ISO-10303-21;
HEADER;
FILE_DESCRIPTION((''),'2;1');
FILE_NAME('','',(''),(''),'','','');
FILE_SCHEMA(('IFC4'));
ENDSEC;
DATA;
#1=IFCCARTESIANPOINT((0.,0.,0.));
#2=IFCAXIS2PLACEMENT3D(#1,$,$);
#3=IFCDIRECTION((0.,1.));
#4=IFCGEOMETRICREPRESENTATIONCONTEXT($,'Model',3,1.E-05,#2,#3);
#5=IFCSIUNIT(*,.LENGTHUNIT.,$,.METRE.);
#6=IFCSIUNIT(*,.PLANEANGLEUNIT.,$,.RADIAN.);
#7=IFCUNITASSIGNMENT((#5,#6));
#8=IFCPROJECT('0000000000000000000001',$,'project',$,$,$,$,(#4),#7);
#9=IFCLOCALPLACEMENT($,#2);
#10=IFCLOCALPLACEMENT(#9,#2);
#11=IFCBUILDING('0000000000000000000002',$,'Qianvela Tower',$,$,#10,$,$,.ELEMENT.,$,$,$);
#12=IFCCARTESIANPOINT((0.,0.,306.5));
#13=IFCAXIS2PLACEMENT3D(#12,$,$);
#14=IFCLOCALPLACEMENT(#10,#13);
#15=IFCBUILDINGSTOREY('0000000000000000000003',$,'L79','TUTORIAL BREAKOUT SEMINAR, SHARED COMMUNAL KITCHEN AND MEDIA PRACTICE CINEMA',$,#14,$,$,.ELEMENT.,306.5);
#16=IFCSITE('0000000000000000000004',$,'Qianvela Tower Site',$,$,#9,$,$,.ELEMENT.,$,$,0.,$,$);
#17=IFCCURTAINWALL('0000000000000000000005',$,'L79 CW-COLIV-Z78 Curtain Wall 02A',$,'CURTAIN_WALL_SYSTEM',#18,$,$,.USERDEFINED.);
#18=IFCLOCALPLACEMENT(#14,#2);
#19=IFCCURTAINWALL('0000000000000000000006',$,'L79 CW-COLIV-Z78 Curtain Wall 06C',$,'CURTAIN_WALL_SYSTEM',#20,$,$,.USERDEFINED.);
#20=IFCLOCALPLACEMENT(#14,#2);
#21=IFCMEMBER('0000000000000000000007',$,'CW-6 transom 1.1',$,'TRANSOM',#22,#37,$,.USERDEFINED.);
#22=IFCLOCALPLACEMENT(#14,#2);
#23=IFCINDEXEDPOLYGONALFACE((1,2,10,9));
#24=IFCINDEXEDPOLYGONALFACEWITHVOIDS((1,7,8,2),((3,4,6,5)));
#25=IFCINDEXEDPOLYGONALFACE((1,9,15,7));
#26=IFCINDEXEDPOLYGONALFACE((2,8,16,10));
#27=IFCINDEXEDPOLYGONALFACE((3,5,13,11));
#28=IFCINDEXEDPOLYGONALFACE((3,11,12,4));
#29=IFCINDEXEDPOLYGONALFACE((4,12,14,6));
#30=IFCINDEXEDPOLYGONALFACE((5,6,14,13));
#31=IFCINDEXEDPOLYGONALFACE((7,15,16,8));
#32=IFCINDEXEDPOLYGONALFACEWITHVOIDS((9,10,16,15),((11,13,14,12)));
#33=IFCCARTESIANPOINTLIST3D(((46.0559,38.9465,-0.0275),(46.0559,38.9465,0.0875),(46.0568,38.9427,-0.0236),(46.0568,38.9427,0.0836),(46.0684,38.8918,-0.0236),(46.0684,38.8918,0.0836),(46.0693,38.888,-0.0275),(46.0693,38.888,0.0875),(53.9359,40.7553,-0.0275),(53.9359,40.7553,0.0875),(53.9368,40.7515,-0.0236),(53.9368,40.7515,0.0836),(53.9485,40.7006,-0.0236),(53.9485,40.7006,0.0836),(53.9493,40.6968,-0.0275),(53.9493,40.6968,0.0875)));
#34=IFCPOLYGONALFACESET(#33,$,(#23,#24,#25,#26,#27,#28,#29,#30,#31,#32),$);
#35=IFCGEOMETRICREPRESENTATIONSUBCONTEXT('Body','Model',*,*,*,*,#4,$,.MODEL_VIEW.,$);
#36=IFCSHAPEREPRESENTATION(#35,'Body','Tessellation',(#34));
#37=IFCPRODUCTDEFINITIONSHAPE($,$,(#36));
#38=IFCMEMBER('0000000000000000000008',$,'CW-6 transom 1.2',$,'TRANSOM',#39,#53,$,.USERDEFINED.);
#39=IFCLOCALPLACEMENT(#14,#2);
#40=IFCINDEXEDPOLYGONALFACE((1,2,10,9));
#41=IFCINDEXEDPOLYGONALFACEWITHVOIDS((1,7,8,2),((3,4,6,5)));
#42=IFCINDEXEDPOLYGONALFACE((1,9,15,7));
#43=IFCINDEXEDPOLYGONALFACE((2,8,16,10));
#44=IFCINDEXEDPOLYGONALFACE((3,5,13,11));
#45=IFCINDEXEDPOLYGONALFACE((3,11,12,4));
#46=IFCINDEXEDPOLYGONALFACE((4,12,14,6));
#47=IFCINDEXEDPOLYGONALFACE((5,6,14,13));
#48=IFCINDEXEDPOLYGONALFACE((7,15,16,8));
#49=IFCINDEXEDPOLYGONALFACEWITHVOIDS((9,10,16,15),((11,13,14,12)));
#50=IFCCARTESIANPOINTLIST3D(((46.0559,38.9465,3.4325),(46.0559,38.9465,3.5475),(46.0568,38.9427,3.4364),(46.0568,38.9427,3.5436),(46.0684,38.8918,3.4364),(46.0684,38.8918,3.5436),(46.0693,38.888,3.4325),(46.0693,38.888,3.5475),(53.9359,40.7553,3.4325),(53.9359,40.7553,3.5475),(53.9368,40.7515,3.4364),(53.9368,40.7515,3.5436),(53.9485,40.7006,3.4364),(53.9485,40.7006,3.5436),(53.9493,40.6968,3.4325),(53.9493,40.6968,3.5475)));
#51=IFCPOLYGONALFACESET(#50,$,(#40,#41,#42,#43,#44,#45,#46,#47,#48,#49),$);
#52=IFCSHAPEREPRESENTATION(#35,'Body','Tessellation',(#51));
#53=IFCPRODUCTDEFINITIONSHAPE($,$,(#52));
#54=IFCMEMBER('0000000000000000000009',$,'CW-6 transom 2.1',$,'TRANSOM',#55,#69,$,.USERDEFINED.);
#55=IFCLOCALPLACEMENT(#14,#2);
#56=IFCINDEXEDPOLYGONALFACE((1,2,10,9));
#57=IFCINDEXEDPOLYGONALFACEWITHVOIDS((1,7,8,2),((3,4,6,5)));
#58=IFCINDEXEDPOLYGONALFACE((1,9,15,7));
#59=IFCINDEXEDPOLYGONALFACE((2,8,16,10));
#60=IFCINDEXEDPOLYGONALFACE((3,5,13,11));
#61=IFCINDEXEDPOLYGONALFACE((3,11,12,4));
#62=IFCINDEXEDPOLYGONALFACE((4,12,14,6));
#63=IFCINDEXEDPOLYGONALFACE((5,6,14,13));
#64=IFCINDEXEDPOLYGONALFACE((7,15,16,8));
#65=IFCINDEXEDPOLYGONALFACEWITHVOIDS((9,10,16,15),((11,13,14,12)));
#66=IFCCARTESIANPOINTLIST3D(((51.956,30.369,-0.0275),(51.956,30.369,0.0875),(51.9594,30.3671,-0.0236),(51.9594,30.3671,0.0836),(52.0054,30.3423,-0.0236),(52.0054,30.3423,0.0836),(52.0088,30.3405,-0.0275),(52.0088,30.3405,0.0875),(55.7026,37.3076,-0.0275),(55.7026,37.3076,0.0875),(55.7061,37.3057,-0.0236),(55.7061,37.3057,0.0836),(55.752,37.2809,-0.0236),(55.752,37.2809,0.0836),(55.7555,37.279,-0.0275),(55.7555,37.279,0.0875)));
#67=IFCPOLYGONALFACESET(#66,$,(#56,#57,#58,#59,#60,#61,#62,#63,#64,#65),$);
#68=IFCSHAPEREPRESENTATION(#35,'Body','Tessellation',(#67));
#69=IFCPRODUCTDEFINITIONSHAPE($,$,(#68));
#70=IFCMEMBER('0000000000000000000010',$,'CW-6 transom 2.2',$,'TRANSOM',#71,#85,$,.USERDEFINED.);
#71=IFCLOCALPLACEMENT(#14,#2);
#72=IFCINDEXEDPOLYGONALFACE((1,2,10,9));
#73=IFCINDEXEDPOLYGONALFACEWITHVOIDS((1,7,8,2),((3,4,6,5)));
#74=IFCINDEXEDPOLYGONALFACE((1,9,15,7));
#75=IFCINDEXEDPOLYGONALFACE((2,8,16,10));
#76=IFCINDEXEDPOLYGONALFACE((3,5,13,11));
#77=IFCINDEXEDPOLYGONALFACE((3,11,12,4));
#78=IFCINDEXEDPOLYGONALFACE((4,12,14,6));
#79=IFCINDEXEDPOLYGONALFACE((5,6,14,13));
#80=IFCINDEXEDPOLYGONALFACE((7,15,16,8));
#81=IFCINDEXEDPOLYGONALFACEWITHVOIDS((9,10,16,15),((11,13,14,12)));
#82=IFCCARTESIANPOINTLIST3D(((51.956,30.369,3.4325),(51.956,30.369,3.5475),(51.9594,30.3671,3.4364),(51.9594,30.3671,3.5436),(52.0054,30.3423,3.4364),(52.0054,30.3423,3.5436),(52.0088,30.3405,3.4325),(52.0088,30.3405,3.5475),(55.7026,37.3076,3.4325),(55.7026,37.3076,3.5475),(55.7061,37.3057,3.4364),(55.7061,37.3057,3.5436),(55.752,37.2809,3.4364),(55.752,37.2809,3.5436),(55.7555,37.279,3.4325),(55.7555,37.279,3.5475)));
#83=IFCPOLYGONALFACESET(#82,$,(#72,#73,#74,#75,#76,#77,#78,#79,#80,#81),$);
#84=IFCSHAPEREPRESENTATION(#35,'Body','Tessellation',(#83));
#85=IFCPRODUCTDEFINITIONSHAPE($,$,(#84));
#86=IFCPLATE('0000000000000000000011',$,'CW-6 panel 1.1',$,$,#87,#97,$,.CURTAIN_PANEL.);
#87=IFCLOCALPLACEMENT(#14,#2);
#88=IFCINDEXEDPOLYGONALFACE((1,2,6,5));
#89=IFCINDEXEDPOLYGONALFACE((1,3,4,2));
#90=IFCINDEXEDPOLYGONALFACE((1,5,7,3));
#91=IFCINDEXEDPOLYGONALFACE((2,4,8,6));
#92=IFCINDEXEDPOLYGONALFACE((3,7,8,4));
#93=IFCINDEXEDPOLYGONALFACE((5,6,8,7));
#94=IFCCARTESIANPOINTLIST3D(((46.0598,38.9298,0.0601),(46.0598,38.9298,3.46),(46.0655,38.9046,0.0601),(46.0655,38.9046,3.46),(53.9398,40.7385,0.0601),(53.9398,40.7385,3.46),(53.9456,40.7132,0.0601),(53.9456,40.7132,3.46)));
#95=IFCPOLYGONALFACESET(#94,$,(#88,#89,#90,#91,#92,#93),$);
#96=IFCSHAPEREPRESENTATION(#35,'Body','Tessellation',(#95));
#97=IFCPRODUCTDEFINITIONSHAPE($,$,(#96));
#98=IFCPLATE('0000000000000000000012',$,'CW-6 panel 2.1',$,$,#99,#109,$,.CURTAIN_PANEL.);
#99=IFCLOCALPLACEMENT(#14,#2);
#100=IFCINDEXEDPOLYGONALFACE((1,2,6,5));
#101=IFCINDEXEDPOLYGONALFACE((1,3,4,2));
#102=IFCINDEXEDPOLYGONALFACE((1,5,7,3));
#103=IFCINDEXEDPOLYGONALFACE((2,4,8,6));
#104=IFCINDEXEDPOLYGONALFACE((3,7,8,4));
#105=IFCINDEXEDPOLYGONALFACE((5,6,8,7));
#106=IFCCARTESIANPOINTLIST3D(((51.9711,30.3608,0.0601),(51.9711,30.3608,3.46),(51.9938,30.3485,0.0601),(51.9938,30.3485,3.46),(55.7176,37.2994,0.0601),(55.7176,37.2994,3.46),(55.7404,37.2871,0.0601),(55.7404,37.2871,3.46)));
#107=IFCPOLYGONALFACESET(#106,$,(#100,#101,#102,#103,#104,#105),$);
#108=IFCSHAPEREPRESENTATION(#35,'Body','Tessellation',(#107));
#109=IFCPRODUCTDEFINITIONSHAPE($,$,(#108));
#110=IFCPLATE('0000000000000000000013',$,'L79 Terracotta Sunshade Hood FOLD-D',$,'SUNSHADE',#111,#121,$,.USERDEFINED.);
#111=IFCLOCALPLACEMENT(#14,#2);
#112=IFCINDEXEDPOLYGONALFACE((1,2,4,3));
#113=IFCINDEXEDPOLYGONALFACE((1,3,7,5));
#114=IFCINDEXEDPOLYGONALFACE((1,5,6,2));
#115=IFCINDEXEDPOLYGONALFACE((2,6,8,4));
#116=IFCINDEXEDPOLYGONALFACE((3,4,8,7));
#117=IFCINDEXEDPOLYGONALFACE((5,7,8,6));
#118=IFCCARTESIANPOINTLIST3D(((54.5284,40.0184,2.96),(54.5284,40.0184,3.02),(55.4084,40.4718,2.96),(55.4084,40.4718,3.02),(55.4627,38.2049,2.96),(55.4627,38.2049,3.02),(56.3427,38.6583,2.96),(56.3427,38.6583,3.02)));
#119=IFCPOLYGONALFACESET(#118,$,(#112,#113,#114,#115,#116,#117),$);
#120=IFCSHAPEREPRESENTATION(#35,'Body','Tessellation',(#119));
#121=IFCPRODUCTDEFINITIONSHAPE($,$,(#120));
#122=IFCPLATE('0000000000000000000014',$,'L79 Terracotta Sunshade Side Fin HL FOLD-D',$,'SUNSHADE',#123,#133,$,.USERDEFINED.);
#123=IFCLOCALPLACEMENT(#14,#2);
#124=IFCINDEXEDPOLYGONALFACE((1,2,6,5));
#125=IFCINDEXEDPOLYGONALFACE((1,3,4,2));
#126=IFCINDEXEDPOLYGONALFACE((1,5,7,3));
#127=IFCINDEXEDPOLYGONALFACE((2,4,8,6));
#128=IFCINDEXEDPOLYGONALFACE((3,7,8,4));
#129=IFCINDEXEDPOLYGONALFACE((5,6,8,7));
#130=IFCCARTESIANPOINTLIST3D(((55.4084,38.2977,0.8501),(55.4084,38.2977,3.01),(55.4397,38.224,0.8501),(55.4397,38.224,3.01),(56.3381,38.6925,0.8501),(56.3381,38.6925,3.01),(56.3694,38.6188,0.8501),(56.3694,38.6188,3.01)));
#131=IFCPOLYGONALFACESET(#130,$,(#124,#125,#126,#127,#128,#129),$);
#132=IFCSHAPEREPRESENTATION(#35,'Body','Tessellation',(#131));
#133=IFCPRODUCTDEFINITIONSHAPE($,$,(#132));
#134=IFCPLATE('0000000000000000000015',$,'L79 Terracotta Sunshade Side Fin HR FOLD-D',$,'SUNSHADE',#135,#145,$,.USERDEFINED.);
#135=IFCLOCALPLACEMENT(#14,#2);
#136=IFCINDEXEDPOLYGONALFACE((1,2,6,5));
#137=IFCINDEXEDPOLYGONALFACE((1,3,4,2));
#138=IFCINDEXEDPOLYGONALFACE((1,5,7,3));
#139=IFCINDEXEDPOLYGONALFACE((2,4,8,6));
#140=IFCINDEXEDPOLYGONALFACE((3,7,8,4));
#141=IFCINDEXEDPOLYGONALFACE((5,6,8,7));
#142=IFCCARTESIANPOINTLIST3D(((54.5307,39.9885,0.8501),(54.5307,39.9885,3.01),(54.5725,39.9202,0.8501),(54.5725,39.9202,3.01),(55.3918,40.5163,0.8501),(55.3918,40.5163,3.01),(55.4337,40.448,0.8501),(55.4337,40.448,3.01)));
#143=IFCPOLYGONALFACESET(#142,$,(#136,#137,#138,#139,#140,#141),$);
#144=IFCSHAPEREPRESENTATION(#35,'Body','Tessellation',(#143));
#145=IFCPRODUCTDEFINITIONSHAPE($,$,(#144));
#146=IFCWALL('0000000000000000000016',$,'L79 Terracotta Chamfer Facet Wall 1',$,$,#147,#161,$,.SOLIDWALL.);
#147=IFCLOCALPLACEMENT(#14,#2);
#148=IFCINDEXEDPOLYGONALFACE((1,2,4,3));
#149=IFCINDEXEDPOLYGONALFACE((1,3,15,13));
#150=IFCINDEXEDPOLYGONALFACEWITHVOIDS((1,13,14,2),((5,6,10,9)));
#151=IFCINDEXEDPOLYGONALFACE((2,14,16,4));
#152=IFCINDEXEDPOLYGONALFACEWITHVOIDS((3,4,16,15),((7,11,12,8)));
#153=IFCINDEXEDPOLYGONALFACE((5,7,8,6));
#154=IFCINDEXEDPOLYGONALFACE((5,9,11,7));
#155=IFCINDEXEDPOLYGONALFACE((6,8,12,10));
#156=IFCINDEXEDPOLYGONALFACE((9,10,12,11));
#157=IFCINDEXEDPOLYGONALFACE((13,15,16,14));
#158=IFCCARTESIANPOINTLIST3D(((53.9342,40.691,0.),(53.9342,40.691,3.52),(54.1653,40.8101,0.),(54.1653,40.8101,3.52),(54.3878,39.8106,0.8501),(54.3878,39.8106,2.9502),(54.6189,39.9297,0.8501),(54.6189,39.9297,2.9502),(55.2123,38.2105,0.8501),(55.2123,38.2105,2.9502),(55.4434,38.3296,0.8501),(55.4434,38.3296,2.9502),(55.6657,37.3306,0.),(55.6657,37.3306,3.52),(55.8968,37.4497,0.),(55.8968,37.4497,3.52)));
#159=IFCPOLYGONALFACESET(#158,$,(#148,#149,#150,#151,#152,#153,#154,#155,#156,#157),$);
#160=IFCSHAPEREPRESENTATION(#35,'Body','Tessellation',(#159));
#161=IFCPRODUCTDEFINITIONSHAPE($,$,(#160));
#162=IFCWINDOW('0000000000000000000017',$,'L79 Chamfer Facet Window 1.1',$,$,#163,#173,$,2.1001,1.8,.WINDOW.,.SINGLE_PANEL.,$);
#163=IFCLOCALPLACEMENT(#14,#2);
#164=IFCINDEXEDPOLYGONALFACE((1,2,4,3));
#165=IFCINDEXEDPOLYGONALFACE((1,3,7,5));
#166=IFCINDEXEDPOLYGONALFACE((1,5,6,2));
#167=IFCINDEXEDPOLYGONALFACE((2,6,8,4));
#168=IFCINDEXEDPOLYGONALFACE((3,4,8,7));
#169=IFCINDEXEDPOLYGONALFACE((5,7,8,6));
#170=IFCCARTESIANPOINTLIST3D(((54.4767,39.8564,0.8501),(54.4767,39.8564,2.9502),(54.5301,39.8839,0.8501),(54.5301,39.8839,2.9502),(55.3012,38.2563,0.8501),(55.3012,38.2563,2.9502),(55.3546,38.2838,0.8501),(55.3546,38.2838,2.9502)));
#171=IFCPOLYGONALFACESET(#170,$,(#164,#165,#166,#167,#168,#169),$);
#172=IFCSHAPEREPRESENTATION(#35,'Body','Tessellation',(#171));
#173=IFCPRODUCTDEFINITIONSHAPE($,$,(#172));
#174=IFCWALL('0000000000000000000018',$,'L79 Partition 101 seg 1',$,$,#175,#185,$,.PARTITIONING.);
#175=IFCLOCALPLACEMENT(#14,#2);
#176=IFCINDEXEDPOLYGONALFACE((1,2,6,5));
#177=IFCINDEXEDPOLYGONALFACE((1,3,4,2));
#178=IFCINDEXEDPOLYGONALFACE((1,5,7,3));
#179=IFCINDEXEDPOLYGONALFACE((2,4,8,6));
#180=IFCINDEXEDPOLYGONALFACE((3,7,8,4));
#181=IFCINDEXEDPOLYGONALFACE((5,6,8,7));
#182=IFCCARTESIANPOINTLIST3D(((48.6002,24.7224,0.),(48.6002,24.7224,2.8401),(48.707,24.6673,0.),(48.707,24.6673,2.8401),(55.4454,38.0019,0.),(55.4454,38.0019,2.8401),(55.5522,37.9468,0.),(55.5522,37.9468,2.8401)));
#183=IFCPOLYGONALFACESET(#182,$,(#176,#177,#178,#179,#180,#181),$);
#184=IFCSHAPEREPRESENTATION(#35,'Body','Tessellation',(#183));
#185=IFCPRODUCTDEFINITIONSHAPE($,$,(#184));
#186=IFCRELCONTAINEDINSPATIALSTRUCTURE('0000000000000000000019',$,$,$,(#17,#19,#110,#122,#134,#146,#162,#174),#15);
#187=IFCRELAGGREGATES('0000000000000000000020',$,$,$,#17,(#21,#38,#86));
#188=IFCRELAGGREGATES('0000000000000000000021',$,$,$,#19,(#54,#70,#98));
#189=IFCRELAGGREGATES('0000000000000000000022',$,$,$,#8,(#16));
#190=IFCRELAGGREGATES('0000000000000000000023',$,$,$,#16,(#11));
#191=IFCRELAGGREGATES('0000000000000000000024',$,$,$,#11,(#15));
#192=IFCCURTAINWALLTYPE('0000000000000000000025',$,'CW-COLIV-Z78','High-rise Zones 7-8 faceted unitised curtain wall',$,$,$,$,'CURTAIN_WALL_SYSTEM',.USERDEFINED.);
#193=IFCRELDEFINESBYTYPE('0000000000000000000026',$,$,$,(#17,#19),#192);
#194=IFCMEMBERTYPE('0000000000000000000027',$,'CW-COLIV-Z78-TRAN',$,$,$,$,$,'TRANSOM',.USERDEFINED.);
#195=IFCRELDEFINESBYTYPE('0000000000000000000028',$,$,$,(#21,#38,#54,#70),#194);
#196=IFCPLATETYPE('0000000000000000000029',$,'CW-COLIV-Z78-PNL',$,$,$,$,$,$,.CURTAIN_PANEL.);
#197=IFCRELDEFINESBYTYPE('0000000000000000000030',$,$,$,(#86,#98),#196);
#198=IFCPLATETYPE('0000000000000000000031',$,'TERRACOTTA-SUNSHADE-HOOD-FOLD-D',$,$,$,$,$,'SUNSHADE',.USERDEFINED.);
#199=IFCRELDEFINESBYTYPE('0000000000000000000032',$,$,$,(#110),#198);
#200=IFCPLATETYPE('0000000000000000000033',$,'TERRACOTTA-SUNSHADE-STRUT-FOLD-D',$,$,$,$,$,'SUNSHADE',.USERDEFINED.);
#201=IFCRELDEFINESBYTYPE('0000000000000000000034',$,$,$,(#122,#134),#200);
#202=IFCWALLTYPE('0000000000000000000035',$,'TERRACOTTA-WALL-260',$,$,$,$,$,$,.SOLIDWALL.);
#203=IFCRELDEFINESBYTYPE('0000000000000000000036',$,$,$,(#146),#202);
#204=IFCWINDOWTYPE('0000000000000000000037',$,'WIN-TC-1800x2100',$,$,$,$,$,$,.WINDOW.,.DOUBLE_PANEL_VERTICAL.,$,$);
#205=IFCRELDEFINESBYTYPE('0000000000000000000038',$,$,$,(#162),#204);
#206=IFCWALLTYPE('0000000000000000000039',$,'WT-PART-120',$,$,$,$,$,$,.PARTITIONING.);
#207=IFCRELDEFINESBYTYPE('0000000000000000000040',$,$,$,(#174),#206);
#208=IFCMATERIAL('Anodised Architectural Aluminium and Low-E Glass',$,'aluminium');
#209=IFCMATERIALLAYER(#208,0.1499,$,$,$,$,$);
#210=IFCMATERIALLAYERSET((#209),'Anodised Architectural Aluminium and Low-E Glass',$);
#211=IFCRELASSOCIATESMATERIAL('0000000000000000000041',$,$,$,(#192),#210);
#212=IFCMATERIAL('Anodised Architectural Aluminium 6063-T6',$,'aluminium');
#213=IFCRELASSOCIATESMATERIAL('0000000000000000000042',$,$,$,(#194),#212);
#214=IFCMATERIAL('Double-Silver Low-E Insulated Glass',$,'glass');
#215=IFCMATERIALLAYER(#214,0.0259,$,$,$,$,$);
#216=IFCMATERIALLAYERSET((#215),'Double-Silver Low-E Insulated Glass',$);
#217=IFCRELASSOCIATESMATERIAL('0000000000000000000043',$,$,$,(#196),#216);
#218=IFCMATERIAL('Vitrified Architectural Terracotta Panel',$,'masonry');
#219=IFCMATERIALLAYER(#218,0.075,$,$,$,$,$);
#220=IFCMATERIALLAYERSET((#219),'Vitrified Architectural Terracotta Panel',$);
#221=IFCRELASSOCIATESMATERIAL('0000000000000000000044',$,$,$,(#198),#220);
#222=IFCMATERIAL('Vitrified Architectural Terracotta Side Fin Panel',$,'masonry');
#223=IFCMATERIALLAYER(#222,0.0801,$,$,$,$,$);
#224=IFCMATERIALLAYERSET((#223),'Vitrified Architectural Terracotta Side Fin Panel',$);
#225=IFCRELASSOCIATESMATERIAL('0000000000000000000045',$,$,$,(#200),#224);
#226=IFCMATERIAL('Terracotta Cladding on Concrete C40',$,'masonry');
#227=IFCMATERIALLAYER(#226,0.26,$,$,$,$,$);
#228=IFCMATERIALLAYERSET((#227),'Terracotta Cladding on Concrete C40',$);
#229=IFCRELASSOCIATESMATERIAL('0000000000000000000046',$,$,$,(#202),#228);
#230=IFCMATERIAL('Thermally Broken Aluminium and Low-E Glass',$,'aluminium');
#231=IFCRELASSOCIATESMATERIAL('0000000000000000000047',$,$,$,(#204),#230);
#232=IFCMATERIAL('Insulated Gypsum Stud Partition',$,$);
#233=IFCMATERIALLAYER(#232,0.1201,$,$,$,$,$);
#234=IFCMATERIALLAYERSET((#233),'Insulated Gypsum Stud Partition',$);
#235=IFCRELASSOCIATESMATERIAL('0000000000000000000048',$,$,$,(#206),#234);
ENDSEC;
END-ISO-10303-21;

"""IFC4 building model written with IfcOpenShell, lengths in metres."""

from ifc_helpers import new_model, si_unit, direction, frame, frame_2d, origin, origin_2d, place, context, subcontext, project, spatial, rectangle, hollow_rectangle, extrude, material, layer, layer_set, material_profile, profile_set, type_object, element, fill, aggregate, save


model = new_model("IFC4")

# Units and contexts
model_context = context("Model", 3, precision=1e-05, world=origin(), true_north=direction((0.0, 1.0)))
body_context = subcontext(model_context, "Body", "Model", "MODEL_VIEW")
ifc_project = project(units=[si_unit("LENGTHUNIT", "METRE"), si_unit("PLANEANGLEUNIT", "RADIAN")], contexts=[model_context])

# Site, building, storey
site_placement = place(None, origin())
site = spatial("IfcSite", under=ifc_project, at=site_placement, Name="Qianvela Tower Site", CompositionType="ELEMENT", RefElevation=0.0)
building_placement = place(site_placement, origin())
building = spatial("IfcBuilding", under=site, at=building_placement, Name="Qianvela Tower", CompositionType="ELEMENT")
storey_placement = place(building_placement, frame((0.0, 0.0, 306.5)))
storey = spatial("IfcBuildingStorey", under=building, at=storey_placement, Name="L79", Description="TUTORIAL BREAKOUT SEMINAR, SHARED COMMUNAL KITCHEN AND MEDIA PRACTICE CINEMA", CompositionType="ELEMENT", Elevation=306.5)

# Curtain walls
ifc_material_1 = material(Name="Anodised Architectural Aluminium and Low-E Glass", Category="aluminium")
ifc_layer_1 = layer(ifc_material_1, 0.1499)
ifc_layer_set_1 = layer_set([ifc_layer_1], Name="Anodised Architectural Aluminium and Low-E Glass")
curtain_wall_type = type_object("IfcCurtainWallType", Name="CW-COLIV-Z78", Description="High-rise Zones 7-8 faceted unitised curtain wall", ElementType="CURTAIN_WALL_SYSTEM", PredefinedType="USERDEFINED", material=ifc_layer_set_1)
curtain_wall_1_placement = place(storey_placement, origin())
curtain_wall_1 = element("IfcCurtainWall", 1, at=curtain_wall_1_placement, inside=storey, type_object=curtain_wall_type, Name="L79 CW-COLIV-Z78 Curtain Wall 02A", ObjectType="CURTAIN_WALL_SYSTEM", PredefinedType="USERDEFINED")
curtain_wall_2_placement = place(storey_placement, origin())
curtain_wall_2 = element("IfcCurtainWall", 2, at=curtain_wall_2_placement, inside=storey, type_object=curtain_wall_type, Name="L79 CW-COLIV-Z78 Curtain Wall 06C", ObjectType="CURTAIN_WALL_SYSTEM", PredefinedType="USERDEFINED")

# Members
ifc_material_2 = material(Name="Anodised Architectural Aluminium 6063-T6", Category="aluminium")
ifc_material_profile_1 = material_profile(ifc_material_2, hollow_rectangle(XDim=0.0601, YDim=0.115, WallThickness=0.0039, at=origin_2d()), Name="ALU-TRAN-60x115")
ifc_profile_set_1 = profile_set([ifc_material_profile_1], Name="Anodised Architectural Aluminium 6063-T6")
member_type_1 = type_object("IfcMemberType", Name="CW-COLIV-Z78-TRAN", ElementType="TRANSOM", PredefinedType="USERDEFINED", material=ifc_profile_set_1)
member_1_placement = place(storey_placement, frame((53.9426, 40.7261, 0.03), z_axis=(-0.974652, -0.223726, 0.0), x_axis=(0.223726, -0.974652, 0.0)))
member_1 = element("IfcMember", 3, at=member_1_placement, type_object=member_type_1, Name="CW-6 transom 1.1", ObjectType="TRANSOM", PredefinedType="USERDEFINED", context=body_context, shape_type="SweptSolid", body=[
    extrude(hollow_rectangle(XDim=0.0601, YDim=0.115, WallThickness=0.0039, at=origin_2d()), origin(), (0.0, 0.0, 1.0), 8.085),
])
member_2_placement = place(storey_placement, frame((53.9426, 40.7261, 3.49), z_axis=(-0.974652, -0.223726, 0.0), x_axis=(0.223726, -0.974652, 0.0)))
member_2 = element("IfcMember", 4, at=member_2_placement, type_object=member_type_1, Name="CW-6 transom 1.2", ObjectType="TRANSOM", PredefinedType="USERDEFINED", context=body_context, shape_type="SweptSolid", body=[
    extrude(hollow_rectangle(XDim=0.0601, YDim=0.115, WallThickness=0.0039, at=origin_2d()), origin(), (0.0, 0.0, 1.0), 8.085),
])
member_3_placement = place(storey_placement, frame((51.9824, 30.3547, 0.03), z_axis=(0.47513, 0.879916, 0.0), x_axis=(-0.879916, 0.47513, 0.0)))
member_3 = element("IfcMember", 5, at=member_3_placement, type_object=member_type_1, Name="CW-6 transom 2.1", ObjectType="TRANSOM", PredefinedType="USERDEFINED", context=body_context, shape_type="SweptSolid", body=[
    extrude(hollow_rectangle(XDim=0.0601, YDim=0.115, WallThickness=0.0039, at=origin_2d()), origin(), (0.0, 0.0, 1.0), 7.8855),
])
member_4_placement = place(storey_placement, frame((51.9824, 30.3547, 3.49), z_axis=(0.47513, 0.879916, 0.0), x_axis=(-0.879916, 0.47513, 0.0)))
member_4 = element("IfcMember", 6, at=member_4_placement, type_object=member_type_1, Name="CW-6 transom 2.2", ObjectType="TRANSOM", PredefinedType="USERDEFINED", context=body_context, shape_type="SweptSolid", body=[
    extrude(hollow_rectangle(XDim=0.0601, YDim=0.115, WallThickness=0.0039, at=origin_2d()), origin(), (0.0, 0.0, 1.0), 7.8855),
])

# Plates
ifc_material_3 = material(Name="Double-Silver Low-E Insulated Glass", Category="glass")
ifc_layer_2 = layer(ifc_material_3, 0.0259)
ifc_layer_set_2 = layer_set([ifc_layer_2], Name="Double-Silver Low-E Insulated Glass")
plate_type_1 = type_object("IfcPlateType", Name="CW-COLIV-Z78-PNL", PredefinedType="CURTAIN_PANEL", material=ifc_layer_set_2)
plate_1_placement = place(storey_placement, frame((50.0027, 39.8215, 0.0601), z_axis=(0.0, 0.0, 1.0), x_axis=(-0.974657, -0.223706, 0.0)))
plate_1 = element("IfcPlate", 7, at=plate_1_placement, type_object=plate_type_1, Name="CW-6 panel 1.1", PredefinedType="CURTAIN_PANEL", context=body_context, shape_type="SweptSolid", body=[
    extrude(rectangle(XDim=8.085, YDim=0.0259, at=origin_2d()), origin(), (0.0, 0.0, 1.0), 3.3999),
])
aggregate(curtain_wall_1, [member_1, member_2, plate_1])
plate_2_placement = place(storey_placement, frame((53.8557, 33.824, 0.0601), z_axis=(0.0, 0.0, 1.0), x_axis=(0.475114, 0.879924, 0.0)))
plate_2 = element("IfcPlate", 8, at=plate_2_placement, type_object=plate_type_1, Name="CW-6 panel 2.1", PredefinedType="CURTAIN_PANEL", context=body_context, shape_type="SweptSolid", body=[
    extrude(rectangle(XDim=7.8855, YDim=0.0259, at=origin_2d()), origin(), (0.0, 0.0, 1.0), 3.3999),
])
aggregate(curtain_wall_2, [member_3, member_4, plate_2])

# Plates
ifc_material_4 = material(Name="Vitrified Architectural Terracotta Panel", Category="masonry")
ifc_layer_3 = layer(ifc_material_4, 0.075)
ifc_layer_set_3 = layer_set([ifc_layer_3], Name="Vitrified Architectural Terracotta Panel")
plate_type_2 = type_object("IfcPlateType", Name="TERRACOTTA-SUNSHADE-HOOD-FOLD-D", ElementType="SUNSHADE", PredefinedType="USERDEFINED", material=ifc_layer_set_3)
plate_3_placement = place(storey_placement, frame((55.4355, 39.3384, 2.96), z_axis=(0.0, 0.0, 1.0), x_axis=(-0.457984, 0.88896, 0.0)))
element("IfcPlate", 9, at=plate_3_placement, inside=storey, type_object=plate_type_2, Name="L79 Terracotta Sunshade Hood FOLD-D", ObjectType="SUNSHADE", PredefinedType="USERDEFINED", context=body_context, shape_type="SweptSolid", body=[
    extrude(rectangle(XDim=2.04, YDim=0.99, at=origin_2d()), origin(), (0.0, 0.0, 1.0), 0.0601),
])
ifc_material_5 = material(Name="Vitrified Architectural Terracotta Side Fin Panel", Category="masonry")
ifc_layer_4 = layer(ifc_material_5, 0.0801)
ifc_layer_set_4 = layer_set([ifc_layer_4], Name="Vitrified Architectural Terracotta Side Fin Panel")
plate_type_3 = type_object("IfcPlateType", Name="TERRACOTTA-SUNSHADE-STRUT-FOLD-D", ElementType="SUNSHADE", PredefinedType="USERDEFINED", material=ifc_layer_set_4)
for number, where, z_axis, x_axis, name in (
    (10, (55.8889, 38.4583, 0.8501), (0.0, 0.0, 1.0), (-0.390845, 0.920456, 0.0), "L79 Terracotta Sunshade Side Fin HL FOLD-D"),
    (11, (54.9822, 40.2183, 0.8501), (0.0, 0.0, 1.0), (-0.522604, 0.852575, 0.0), "L79 Terracotta Sunshade Side Fin HR FOLD-D"),
):
    element("IfcPlate", number, at=place(storey_placement, frame(where, z_axis=z_axis, x_axis=x_axis)), inside=storey, type_object=plate_type_3, Name=name, ObjectType="SUNSHADE", PredefinedType="USERDEFINED", context=body_context, shape_type="SweptSolid", body=[
        extrude(rectangle(XDim=0.0801, YDim=1.01, at=origin_2d()), origin(), (0.0, 0.0, 1.0), 2.1599),
    ])

# Wall, opening, window
ifc_material_6 = material(Name="Terracotta Cladding on Concrete C40", Category="masonry")
ifc_layer_5 = layer(ifc_material_6, 0.26)
ifc_layer_set_5 = layer_set([ifc_layer_5], Name="Terracotta Cladding on Concrete C40")
wall_type_1 = type_object("IfcWallType", Name="TERRACOTTA-WALL-260", PredefinedType="SOLIDWALL", material=ifc_layer_set_5)
wall_1_placement = place(storey_placement, frame((55.7812, 37.3901, 0.0), z_axis=(0.0, 0.0, 1.0), x_axis=(-0.458031, 0.888936, 0.0)))
wall_1 = element("IfcWall", 12, at=wall_1_placement, inside=storey, type_object=wall_type_1, Name="L79 Terracotta Chamfer Facet Wall 1", PredefinedType="SOLIDWALL", context=body_context, shape_type="SweptSolid", body=[
    extrude(rectangle(XDim=3.7803, YDim=0.26, at=frame_2d((1.8901, 0.0))), origin(), (0.0, 0.0, 1.0), 3.52),
])
opening_placement = place(wall_1_placement, frame((0.99, 0.0, 0.8501)))
opening = element("IfcOpeningElement", 13, at=opening_placement, cuts=wall_1, PredefinedType="OPENING", context=body_context, shape_type="SweptSolid", body=[
    extrude(rectangle(XDim=1.8, YDim=2.1001, at=frame_2d((0.8999, 1.05))), frame((0.0, 0.1399, 0.0), z_axis=(0.0, -1.0, 0.0), x_axis=(1.0, 0.0, 0.0)), (0.0, 0.0, 1.0), 0.28),
])
ifc_material_7 = material(Name="Thermally Broken Aluminium and Low-E Glass", Category="aluminium")
window_type = type_object("IfcWindowType", Name="WIN-TC-1800x2100", PartitioningType="DOUBLE_PANEL_VERTICAL", PredefinedType="WINDOW", material=ifc_material_7)
window_placement = place(opening_placement, origin())
window = element("IfcWindow", 14, at=window_placement, inside=storey, type_object=window_type, Name="L79 Chamfer Facet Window 1.1", OverallHeight=2.1001, OverallWidth=1.8, PartitioningType="SINGLE_PANEL", PredefinedType="WINDOW", context=body_context, shape_type="SweptSolid", body=[
    extrude(rectangle(XDim=1.8, YDim=2.1001, at=frame_2d((0.8999, 1.05))), frame((0.0, 0.03, 0.0), z_axis=(0.0, -1.0, 0.0), x_axis=(1.0, 0.0, 0.0)), (0.0, 0.0, 1.0), 0.0601),
])
fill(opening, window)

# Wall
ifc_material_8 = material(Name="Insulated Gypsum Stud Partition")
ifc_layer_6 = layer(ifc_material_8, 0.1201)
ifc_layer_set_6 = layer_set([ifc_layer_6], Name="Insulated Gypsum Stud Partition")
wall_type_2 = type_object("IfcWallType", Name="WT-PART-120", PredefinedType="PARTITIONING", material=ifc_layer_set_6)
wall_2_placement = place(storey_placement, frame((55.4988, 37.9744, 0.0), z_axis=(0.0, 0.0, 1.0), x_axis=(-0.458181, -0.888859, 0.0)))
element("IfcWall", 15, at=wall_2_placement, inside=storey, type_object=wall_type_2, Name="L79 Partition 101 seg 1", PredefinedType="PARTITIONING", context=body_context, shape_type="SweptSolid", body=[
    extrude(rectangle(XDim=14.9399, YDim=0.1201, at=frame_2d((7.47, 0.0))), origin(), (0.0, 0.0, 1.0), 2.8401),
])

save(model, "model.ifc")
